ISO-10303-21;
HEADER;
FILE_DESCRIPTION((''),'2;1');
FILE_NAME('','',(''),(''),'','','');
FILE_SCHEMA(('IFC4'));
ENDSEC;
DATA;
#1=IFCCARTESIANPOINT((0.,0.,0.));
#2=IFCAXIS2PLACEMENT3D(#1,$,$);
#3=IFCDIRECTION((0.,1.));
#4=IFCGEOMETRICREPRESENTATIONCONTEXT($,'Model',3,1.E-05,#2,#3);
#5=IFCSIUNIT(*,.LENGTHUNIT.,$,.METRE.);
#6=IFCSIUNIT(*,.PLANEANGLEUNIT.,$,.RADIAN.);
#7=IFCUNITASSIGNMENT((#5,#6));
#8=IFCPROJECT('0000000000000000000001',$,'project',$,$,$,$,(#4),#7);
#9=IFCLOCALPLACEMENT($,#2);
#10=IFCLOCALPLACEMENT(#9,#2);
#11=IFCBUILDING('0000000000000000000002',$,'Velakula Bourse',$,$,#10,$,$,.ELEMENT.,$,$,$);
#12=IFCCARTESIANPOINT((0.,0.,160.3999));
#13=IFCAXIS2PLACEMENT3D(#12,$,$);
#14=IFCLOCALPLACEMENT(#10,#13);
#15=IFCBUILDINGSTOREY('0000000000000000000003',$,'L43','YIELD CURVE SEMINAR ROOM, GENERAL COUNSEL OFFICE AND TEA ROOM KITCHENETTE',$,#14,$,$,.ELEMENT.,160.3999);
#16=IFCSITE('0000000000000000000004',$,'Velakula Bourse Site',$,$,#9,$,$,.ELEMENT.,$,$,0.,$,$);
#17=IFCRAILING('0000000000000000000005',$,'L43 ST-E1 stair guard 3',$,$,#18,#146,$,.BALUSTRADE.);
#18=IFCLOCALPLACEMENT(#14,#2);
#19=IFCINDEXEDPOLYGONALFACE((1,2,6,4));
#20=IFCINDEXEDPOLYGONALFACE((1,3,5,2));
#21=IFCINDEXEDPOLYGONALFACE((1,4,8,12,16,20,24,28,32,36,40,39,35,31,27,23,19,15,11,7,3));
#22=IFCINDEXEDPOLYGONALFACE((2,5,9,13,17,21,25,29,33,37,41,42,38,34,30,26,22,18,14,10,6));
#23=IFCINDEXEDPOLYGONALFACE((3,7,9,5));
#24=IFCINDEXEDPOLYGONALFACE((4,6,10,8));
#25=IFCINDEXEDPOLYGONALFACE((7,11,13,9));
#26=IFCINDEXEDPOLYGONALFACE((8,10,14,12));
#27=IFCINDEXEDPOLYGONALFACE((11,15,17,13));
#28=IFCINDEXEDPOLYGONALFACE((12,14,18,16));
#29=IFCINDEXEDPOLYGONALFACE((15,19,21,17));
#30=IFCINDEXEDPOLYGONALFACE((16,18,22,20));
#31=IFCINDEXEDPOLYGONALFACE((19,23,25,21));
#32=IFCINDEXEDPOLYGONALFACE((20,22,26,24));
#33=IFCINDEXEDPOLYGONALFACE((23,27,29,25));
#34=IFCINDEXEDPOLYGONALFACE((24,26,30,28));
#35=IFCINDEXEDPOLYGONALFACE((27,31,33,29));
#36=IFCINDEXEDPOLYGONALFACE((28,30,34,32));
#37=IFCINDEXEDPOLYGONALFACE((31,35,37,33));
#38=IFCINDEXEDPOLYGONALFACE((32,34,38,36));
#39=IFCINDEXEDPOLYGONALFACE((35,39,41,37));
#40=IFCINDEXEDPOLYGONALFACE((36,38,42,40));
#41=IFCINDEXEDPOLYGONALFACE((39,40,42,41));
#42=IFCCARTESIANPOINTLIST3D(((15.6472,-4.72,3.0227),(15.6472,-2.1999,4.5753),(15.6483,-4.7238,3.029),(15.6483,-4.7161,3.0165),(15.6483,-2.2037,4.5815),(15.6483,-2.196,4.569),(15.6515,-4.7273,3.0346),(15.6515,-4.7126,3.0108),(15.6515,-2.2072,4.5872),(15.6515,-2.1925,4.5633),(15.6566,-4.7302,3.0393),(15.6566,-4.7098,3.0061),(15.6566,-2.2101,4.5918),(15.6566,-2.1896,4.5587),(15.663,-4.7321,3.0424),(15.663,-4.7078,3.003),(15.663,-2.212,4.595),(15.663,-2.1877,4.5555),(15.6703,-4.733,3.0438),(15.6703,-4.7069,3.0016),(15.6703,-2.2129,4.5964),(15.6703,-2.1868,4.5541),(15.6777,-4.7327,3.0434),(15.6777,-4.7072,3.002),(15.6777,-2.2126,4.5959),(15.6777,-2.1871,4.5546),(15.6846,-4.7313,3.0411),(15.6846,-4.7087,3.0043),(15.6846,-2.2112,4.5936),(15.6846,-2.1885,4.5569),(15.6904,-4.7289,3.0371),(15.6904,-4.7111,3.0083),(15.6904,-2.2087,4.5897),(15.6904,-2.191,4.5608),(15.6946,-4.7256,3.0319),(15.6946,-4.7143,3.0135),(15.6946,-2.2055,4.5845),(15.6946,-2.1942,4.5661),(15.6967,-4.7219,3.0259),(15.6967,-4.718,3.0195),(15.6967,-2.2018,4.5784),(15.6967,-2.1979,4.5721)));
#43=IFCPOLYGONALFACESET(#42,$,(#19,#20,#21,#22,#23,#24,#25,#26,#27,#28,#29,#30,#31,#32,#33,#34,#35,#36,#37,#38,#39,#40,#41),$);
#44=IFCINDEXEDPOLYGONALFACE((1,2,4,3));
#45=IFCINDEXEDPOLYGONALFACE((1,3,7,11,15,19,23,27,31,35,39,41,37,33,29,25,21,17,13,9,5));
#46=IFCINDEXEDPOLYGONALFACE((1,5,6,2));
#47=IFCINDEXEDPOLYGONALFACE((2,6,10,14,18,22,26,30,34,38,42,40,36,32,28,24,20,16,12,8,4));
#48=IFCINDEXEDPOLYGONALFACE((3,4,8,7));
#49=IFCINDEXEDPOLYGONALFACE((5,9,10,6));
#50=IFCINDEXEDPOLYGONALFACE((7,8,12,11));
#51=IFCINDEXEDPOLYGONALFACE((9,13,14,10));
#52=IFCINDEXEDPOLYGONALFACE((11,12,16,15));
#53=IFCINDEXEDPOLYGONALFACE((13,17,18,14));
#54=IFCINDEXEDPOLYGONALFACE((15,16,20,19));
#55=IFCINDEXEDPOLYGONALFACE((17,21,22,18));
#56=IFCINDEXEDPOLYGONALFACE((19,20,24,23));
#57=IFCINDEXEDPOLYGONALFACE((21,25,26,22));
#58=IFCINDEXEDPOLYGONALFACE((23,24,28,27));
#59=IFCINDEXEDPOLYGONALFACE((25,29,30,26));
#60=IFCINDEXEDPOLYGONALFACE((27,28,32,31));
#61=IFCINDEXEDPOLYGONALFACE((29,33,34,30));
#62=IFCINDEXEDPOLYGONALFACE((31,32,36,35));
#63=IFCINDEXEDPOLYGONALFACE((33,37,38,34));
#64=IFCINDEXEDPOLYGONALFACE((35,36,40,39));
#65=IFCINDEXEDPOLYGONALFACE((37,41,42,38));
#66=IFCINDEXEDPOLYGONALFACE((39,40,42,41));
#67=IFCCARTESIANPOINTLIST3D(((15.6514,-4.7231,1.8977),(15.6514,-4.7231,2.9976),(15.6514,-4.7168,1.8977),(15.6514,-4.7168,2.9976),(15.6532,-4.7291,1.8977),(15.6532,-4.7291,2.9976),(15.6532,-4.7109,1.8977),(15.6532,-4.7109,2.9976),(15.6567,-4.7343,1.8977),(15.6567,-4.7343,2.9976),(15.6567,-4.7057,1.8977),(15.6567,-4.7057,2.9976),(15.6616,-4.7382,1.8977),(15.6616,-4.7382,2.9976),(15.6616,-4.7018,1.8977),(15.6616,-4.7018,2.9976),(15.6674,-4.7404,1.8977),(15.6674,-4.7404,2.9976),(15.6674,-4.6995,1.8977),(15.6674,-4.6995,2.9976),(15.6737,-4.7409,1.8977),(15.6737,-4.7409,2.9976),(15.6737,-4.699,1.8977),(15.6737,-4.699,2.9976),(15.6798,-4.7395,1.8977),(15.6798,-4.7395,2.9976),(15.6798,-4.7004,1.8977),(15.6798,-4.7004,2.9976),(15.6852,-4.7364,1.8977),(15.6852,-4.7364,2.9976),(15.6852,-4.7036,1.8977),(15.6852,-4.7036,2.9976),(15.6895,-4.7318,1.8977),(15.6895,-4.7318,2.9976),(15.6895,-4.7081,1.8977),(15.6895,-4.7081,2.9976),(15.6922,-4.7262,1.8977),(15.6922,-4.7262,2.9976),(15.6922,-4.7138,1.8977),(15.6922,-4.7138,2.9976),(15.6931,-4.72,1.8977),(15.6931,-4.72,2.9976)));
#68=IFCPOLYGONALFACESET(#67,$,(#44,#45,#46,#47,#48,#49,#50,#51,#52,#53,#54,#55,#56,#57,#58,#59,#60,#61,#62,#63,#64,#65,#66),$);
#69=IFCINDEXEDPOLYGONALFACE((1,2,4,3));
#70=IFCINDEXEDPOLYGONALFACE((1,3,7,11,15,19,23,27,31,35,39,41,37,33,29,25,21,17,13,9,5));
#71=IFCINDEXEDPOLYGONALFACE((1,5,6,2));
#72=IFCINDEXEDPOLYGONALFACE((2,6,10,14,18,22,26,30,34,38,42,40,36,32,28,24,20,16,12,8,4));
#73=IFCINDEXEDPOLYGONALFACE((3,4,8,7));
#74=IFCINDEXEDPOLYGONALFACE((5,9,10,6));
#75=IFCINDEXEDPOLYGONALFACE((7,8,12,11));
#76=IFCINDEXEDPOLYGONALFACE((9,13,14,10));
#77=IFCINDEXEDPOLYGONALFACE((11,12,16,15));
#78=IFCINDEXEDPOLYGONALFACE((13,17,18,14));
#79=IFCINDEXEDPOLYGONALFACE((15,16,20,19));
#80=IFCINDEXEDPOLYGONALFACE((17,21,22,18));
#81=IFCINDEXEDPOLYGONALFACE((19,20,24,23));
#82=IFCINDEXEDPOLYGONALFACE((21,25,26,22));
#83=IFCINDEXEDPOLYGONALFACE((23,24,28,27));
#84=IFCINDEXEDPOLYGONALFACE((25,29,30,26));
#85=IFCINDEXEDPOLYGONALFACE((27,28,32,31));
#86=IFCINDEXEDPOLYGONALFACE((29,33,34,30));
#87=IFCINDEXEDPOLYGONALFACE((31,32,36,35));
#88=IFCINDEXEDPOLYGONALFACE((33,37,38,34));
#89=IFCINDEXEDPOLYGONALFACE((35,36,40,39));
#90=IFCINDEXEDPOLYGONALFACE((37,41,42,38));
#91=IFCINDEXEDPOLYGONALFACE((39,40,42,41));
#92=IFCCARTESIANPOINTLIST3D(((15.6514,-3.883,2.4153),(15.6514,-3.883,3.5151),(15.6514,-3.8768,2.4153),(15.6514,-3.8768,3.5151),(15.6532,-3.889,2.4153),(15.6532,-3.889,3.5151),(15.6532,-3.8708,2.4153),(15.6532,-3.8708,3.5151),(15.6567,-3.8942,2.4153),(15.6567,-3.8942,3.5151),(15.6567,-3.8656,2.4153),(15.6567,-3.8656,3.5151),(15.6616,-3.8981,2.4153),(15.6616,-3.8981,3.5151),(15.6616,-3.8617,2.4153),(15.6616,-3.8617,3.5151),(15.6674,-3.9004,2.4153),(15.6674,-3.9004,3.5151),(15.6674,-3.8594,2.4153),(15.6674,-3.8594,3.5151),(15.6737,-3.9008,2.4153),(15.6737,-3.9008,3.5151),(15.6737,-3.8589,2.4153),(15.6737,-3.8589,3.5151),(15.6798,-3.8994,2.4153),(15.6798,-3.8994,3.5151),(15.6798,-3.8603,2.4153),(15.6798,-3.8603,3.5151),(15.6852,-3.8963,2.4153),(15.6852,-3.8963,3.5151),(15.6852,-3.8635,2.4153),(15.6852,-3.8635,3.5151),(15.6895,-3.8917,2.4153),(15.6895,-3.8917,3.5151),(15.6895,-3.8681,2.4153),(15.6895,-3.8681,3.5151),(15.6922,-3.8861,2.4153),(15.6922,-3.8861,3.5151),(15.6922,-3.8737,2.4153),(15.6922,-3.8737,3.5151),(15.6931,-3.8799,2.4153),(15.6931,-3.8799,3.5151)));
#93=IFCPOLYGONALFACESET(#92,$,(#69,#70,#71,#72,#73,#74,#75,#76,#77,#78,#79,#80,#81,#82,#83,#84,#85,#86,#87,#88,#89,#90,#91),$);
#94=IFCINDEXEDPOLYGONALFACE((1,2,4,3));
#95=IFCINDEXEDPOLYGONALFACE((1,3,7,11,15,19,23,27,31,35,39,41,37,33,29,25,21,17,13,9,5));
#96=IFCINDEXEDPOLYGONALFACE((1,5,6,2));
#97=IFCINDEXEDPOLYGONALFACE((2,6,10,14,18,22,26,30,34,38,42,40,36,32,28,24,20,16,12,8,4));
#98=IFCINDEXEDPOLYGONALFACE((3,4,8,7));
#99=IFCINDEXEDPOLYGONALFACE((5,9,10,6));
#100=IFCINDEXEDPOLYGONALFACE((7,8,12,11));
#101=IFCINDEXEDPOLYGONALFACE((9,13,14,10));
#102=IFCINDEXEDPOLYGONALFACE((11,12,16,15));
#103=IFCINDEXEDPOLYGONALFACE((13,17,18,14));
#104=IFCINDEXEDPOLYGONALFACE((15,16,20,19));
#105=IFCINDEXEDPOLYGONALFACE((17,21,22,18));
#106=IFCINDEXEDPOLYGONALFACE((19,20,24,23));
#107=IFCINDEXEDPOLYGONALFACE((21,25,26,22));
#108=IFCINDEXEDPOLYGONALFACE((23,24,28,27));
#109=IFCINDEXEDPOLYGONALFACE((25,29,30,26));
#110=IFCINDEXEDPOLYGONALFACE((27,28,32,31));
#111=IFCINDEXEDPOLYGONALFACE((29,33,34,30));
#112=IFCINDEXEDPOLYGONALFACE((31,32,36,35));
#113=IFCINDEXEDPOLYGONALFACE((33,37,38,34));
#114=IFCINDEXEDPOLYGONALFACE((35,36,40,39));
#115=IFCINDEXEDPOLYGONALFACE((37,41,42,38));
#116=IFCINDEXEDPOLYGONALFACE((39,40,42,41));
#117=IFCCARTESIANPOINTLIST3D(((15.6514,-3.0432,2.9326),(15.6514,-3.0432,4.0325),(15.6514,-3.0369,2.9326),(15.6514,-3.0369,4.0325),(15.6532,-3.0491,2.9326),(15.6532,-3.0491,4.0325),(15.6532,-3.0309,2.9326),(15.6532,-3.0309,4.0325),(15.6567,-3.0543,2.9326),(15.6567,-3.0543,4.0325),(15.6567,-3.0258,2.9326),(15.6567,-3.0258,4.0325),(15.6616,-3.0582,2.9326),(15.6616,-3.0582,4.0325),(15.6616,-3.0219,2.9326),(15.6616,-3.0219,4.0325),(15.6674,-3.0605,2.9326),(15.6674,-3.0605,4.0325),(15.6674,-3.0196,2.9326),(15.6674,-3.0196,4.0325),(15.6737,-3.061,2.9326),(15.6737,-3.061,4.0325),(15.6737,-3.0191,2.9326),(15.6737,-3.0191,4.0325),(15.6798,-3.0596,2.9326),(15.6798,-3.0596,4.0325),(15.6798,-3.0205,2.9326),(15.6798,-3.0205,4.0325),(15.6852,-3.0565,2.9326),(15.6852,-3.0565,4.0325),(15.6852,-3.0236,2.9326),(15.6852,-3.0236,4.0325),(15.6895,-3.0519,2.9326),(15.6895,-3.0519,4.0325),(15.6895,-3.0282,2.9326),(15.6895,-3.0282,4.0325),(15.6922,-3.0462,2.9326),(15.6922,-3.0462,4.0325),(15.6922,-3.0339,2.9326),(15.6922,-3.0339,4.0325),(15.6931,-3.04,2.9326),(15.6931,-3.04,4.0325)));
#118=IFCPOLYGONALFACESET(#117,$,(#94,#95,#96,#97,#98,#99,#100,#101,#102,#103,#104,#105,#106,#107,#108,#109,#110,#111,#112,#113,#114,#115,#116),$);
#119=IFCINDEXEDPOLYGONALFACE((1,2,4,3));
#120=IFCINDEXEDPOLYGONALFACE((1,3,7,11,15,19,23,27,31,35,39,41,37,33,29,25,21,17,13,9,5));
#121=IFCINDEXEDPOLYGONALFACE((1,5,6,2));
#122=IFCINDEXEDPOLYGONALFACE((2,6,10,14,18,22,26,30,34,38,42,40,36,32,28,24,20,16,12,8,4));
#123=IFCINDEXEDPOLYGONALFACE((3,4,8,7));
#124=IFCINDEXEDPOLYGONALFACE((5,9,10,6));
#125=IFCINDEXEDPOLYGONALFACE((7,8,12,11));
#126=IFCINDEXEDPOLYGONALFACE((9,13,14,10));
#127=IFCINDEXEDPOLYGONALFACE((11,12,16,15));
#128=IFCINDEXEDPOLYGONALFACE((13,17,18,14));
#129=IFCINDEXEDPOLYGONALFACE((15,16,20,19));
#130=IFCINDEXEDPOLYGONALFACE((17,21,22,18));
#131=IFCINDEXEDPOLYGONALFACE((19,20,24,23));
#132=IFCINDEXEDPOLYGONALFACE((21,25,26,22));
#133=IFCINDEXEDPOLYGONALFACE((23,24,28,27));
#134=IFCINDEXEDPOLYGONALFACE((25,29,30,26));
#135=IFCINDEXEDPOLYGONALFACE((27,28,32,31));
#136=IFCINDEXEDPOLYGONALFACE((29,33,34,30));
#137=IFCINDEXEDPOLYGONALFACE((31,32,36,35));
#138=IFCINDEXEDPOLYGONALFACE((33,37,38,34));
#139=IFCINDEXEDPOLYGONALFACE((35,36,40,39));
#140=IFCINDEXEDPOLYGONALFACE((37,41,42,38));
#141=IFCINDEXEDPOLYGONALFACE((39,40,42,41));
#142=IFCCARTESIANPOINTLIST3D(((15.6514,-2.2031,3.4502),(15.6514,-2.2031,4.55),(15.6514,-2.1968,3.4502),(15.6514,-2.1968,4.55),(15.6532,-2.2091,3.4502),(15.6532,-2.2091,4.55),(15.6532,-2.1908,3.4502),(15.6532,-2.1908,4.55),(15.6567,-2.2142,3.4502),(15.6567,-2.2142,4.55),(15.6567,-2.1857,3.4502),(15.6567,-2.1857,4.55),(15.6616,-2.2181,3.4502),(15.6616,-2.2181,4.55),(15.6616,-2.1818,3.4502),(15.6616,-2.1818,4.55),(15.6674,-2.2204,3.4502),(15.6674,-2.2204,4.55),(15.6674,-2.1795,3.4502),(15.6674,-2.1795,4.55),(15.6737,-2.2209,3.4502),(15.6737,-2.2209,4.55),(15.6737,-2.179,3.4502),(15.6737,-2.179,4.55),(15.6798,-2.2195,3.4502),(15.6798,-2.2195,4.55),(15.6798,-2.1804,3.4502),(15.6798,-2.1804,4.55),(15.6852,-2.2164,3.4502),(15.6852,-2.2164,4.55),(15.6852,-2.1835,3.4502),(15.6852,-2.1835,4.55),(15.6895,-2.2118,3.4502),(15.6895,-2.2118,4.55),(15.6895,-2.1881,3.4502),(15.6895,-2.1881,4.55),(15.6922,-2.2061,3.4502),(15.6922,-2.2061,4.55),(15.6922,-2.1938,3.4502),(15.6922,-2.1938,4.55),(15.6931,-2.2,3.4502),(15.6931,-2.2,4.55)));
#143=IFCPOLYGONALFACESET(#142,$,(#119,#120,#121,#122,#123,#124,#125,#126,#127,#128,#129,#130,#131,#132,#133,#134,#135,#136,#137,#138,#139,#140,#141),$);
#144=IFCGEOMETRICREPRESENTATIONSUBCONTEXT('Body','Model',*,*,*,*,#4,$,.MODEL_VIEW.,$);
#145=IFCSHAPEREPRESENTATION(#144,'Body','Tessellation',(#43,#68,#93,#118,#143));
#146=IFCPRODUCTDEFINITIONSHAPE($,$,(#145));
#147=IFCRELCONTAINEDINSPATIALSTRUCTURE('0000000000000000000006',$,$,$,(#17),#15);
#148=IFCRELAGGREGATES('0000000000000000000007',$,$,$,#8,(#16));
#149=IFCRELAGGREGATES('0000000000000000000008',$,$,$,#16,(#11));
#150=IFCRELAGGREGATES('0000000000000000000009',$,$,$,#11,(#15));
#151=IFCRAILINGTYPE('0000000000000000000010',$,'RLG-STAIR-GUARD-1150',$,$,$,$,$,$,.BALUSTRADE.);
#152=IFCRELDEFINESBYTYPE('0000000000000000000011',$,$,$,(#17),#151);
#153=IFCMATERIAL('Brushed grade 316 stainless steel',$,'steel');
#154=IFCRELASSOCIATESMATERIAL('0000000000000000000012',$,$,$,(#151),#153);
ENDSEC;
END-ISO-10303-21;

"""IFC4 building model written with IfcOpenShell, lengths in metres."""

from ifc_helpers import new_model, si_unit, direction, frame, origin, origin_2d, place, context, subcontext, project, spatial, circle, extrude, material, type_object, element, save


model = new_model("IFC4")

# Units and contexts
model_context = context("Model", 3, precision=1e-05, world=origin(), true_north=direction((0.0, 1.0)))
body_context = subcontext(model_context, "Body", "Model", "MODEL_VIEW")
ifc_project = project(units=[si_unit("LENGTHUNIT", "METRE"), si_unit("PLANEANGLEUNIT", "RADIAN")], contexts=[model_context])

# Site, building, storey
site_placement = place(None, origin())
site = spatial("IfcSite", under=ifc_project, at=site_placement, Name="Velakula Bourse Site", CompositionType="ELEMENT", RefElevation=0.0)
building_placement = place(site_placement, origin())
building = spatial("IfcBuilding", under=site, at=building_placement, Name="Velakula Bourse", CompositionType="ELEMENT")
storey_placement = place(building_placement, frame((0.0, 0.0, 160.3999)))
storey = spatial("IfcBuildingStorey", under=building, at=storey_placement, Name="L43", Description="YIELD CURVE SEMINAR ROOM, GENERAL COUNSEL OFFICE AND TEA ROOM KITCHENETTE", CompositionType="ELEMENT", Elevation=160.3999)

# Shared definitions
ifc_material_1 = material(Name="Brushed grade 316 stainless steel", Category="steel")

# Railing
railing_type_1 = type_object("IfcRailingType", Name="RLG-STAIR-GUARD-1150", PredefinedType="BALUSTRADE", material=ifc_material_1)
railing_1_placement = place(storey_placement, frame((15.6721, -4.72, 1.8977)))
element("IfcRailing", 1, at=railing_1_placement, inside=storey, type_object=railing_type_1, Name="L43 ST-E1 stair guard 3", PredefinedType="BALUSTRADE", context=body_context, shape_type="SweptSolid", body=[
    extrude(circle(Radius=0.0249, at=origin_2d()), frame((0.0, 0.0, 1.125), z_axis=(0.0, 0.8514, 0.524516), x_axis=(-1.0, 0.0, 0.0)), (0.0, 0.0, 1.0), 2.96),
    extrude(circle(Radius=0.021, at=origin_2d()), origin(), (0.0, 0.0, 1.0), 1.0999),
    extrude(circle(Radius=0.021, at=origin_2d()), frame((0.0, 0.8401, 0.5176)), (0.0, 0.0, 1.0), 1.0999),
    extrude(circle(Radius=0.021, at=origin_2d()), frame((0.0, 1.6799, 1.0349)), (0.0, 0.0, 1.0), 1.0999),
    extrude(circle(Radius=0.021, at=origin_2d()), frame((0.0, 2.52, 1.5525)), (0.0, 0.0, 1.0), 1.0999),
])

save(model, "model.ifc")
